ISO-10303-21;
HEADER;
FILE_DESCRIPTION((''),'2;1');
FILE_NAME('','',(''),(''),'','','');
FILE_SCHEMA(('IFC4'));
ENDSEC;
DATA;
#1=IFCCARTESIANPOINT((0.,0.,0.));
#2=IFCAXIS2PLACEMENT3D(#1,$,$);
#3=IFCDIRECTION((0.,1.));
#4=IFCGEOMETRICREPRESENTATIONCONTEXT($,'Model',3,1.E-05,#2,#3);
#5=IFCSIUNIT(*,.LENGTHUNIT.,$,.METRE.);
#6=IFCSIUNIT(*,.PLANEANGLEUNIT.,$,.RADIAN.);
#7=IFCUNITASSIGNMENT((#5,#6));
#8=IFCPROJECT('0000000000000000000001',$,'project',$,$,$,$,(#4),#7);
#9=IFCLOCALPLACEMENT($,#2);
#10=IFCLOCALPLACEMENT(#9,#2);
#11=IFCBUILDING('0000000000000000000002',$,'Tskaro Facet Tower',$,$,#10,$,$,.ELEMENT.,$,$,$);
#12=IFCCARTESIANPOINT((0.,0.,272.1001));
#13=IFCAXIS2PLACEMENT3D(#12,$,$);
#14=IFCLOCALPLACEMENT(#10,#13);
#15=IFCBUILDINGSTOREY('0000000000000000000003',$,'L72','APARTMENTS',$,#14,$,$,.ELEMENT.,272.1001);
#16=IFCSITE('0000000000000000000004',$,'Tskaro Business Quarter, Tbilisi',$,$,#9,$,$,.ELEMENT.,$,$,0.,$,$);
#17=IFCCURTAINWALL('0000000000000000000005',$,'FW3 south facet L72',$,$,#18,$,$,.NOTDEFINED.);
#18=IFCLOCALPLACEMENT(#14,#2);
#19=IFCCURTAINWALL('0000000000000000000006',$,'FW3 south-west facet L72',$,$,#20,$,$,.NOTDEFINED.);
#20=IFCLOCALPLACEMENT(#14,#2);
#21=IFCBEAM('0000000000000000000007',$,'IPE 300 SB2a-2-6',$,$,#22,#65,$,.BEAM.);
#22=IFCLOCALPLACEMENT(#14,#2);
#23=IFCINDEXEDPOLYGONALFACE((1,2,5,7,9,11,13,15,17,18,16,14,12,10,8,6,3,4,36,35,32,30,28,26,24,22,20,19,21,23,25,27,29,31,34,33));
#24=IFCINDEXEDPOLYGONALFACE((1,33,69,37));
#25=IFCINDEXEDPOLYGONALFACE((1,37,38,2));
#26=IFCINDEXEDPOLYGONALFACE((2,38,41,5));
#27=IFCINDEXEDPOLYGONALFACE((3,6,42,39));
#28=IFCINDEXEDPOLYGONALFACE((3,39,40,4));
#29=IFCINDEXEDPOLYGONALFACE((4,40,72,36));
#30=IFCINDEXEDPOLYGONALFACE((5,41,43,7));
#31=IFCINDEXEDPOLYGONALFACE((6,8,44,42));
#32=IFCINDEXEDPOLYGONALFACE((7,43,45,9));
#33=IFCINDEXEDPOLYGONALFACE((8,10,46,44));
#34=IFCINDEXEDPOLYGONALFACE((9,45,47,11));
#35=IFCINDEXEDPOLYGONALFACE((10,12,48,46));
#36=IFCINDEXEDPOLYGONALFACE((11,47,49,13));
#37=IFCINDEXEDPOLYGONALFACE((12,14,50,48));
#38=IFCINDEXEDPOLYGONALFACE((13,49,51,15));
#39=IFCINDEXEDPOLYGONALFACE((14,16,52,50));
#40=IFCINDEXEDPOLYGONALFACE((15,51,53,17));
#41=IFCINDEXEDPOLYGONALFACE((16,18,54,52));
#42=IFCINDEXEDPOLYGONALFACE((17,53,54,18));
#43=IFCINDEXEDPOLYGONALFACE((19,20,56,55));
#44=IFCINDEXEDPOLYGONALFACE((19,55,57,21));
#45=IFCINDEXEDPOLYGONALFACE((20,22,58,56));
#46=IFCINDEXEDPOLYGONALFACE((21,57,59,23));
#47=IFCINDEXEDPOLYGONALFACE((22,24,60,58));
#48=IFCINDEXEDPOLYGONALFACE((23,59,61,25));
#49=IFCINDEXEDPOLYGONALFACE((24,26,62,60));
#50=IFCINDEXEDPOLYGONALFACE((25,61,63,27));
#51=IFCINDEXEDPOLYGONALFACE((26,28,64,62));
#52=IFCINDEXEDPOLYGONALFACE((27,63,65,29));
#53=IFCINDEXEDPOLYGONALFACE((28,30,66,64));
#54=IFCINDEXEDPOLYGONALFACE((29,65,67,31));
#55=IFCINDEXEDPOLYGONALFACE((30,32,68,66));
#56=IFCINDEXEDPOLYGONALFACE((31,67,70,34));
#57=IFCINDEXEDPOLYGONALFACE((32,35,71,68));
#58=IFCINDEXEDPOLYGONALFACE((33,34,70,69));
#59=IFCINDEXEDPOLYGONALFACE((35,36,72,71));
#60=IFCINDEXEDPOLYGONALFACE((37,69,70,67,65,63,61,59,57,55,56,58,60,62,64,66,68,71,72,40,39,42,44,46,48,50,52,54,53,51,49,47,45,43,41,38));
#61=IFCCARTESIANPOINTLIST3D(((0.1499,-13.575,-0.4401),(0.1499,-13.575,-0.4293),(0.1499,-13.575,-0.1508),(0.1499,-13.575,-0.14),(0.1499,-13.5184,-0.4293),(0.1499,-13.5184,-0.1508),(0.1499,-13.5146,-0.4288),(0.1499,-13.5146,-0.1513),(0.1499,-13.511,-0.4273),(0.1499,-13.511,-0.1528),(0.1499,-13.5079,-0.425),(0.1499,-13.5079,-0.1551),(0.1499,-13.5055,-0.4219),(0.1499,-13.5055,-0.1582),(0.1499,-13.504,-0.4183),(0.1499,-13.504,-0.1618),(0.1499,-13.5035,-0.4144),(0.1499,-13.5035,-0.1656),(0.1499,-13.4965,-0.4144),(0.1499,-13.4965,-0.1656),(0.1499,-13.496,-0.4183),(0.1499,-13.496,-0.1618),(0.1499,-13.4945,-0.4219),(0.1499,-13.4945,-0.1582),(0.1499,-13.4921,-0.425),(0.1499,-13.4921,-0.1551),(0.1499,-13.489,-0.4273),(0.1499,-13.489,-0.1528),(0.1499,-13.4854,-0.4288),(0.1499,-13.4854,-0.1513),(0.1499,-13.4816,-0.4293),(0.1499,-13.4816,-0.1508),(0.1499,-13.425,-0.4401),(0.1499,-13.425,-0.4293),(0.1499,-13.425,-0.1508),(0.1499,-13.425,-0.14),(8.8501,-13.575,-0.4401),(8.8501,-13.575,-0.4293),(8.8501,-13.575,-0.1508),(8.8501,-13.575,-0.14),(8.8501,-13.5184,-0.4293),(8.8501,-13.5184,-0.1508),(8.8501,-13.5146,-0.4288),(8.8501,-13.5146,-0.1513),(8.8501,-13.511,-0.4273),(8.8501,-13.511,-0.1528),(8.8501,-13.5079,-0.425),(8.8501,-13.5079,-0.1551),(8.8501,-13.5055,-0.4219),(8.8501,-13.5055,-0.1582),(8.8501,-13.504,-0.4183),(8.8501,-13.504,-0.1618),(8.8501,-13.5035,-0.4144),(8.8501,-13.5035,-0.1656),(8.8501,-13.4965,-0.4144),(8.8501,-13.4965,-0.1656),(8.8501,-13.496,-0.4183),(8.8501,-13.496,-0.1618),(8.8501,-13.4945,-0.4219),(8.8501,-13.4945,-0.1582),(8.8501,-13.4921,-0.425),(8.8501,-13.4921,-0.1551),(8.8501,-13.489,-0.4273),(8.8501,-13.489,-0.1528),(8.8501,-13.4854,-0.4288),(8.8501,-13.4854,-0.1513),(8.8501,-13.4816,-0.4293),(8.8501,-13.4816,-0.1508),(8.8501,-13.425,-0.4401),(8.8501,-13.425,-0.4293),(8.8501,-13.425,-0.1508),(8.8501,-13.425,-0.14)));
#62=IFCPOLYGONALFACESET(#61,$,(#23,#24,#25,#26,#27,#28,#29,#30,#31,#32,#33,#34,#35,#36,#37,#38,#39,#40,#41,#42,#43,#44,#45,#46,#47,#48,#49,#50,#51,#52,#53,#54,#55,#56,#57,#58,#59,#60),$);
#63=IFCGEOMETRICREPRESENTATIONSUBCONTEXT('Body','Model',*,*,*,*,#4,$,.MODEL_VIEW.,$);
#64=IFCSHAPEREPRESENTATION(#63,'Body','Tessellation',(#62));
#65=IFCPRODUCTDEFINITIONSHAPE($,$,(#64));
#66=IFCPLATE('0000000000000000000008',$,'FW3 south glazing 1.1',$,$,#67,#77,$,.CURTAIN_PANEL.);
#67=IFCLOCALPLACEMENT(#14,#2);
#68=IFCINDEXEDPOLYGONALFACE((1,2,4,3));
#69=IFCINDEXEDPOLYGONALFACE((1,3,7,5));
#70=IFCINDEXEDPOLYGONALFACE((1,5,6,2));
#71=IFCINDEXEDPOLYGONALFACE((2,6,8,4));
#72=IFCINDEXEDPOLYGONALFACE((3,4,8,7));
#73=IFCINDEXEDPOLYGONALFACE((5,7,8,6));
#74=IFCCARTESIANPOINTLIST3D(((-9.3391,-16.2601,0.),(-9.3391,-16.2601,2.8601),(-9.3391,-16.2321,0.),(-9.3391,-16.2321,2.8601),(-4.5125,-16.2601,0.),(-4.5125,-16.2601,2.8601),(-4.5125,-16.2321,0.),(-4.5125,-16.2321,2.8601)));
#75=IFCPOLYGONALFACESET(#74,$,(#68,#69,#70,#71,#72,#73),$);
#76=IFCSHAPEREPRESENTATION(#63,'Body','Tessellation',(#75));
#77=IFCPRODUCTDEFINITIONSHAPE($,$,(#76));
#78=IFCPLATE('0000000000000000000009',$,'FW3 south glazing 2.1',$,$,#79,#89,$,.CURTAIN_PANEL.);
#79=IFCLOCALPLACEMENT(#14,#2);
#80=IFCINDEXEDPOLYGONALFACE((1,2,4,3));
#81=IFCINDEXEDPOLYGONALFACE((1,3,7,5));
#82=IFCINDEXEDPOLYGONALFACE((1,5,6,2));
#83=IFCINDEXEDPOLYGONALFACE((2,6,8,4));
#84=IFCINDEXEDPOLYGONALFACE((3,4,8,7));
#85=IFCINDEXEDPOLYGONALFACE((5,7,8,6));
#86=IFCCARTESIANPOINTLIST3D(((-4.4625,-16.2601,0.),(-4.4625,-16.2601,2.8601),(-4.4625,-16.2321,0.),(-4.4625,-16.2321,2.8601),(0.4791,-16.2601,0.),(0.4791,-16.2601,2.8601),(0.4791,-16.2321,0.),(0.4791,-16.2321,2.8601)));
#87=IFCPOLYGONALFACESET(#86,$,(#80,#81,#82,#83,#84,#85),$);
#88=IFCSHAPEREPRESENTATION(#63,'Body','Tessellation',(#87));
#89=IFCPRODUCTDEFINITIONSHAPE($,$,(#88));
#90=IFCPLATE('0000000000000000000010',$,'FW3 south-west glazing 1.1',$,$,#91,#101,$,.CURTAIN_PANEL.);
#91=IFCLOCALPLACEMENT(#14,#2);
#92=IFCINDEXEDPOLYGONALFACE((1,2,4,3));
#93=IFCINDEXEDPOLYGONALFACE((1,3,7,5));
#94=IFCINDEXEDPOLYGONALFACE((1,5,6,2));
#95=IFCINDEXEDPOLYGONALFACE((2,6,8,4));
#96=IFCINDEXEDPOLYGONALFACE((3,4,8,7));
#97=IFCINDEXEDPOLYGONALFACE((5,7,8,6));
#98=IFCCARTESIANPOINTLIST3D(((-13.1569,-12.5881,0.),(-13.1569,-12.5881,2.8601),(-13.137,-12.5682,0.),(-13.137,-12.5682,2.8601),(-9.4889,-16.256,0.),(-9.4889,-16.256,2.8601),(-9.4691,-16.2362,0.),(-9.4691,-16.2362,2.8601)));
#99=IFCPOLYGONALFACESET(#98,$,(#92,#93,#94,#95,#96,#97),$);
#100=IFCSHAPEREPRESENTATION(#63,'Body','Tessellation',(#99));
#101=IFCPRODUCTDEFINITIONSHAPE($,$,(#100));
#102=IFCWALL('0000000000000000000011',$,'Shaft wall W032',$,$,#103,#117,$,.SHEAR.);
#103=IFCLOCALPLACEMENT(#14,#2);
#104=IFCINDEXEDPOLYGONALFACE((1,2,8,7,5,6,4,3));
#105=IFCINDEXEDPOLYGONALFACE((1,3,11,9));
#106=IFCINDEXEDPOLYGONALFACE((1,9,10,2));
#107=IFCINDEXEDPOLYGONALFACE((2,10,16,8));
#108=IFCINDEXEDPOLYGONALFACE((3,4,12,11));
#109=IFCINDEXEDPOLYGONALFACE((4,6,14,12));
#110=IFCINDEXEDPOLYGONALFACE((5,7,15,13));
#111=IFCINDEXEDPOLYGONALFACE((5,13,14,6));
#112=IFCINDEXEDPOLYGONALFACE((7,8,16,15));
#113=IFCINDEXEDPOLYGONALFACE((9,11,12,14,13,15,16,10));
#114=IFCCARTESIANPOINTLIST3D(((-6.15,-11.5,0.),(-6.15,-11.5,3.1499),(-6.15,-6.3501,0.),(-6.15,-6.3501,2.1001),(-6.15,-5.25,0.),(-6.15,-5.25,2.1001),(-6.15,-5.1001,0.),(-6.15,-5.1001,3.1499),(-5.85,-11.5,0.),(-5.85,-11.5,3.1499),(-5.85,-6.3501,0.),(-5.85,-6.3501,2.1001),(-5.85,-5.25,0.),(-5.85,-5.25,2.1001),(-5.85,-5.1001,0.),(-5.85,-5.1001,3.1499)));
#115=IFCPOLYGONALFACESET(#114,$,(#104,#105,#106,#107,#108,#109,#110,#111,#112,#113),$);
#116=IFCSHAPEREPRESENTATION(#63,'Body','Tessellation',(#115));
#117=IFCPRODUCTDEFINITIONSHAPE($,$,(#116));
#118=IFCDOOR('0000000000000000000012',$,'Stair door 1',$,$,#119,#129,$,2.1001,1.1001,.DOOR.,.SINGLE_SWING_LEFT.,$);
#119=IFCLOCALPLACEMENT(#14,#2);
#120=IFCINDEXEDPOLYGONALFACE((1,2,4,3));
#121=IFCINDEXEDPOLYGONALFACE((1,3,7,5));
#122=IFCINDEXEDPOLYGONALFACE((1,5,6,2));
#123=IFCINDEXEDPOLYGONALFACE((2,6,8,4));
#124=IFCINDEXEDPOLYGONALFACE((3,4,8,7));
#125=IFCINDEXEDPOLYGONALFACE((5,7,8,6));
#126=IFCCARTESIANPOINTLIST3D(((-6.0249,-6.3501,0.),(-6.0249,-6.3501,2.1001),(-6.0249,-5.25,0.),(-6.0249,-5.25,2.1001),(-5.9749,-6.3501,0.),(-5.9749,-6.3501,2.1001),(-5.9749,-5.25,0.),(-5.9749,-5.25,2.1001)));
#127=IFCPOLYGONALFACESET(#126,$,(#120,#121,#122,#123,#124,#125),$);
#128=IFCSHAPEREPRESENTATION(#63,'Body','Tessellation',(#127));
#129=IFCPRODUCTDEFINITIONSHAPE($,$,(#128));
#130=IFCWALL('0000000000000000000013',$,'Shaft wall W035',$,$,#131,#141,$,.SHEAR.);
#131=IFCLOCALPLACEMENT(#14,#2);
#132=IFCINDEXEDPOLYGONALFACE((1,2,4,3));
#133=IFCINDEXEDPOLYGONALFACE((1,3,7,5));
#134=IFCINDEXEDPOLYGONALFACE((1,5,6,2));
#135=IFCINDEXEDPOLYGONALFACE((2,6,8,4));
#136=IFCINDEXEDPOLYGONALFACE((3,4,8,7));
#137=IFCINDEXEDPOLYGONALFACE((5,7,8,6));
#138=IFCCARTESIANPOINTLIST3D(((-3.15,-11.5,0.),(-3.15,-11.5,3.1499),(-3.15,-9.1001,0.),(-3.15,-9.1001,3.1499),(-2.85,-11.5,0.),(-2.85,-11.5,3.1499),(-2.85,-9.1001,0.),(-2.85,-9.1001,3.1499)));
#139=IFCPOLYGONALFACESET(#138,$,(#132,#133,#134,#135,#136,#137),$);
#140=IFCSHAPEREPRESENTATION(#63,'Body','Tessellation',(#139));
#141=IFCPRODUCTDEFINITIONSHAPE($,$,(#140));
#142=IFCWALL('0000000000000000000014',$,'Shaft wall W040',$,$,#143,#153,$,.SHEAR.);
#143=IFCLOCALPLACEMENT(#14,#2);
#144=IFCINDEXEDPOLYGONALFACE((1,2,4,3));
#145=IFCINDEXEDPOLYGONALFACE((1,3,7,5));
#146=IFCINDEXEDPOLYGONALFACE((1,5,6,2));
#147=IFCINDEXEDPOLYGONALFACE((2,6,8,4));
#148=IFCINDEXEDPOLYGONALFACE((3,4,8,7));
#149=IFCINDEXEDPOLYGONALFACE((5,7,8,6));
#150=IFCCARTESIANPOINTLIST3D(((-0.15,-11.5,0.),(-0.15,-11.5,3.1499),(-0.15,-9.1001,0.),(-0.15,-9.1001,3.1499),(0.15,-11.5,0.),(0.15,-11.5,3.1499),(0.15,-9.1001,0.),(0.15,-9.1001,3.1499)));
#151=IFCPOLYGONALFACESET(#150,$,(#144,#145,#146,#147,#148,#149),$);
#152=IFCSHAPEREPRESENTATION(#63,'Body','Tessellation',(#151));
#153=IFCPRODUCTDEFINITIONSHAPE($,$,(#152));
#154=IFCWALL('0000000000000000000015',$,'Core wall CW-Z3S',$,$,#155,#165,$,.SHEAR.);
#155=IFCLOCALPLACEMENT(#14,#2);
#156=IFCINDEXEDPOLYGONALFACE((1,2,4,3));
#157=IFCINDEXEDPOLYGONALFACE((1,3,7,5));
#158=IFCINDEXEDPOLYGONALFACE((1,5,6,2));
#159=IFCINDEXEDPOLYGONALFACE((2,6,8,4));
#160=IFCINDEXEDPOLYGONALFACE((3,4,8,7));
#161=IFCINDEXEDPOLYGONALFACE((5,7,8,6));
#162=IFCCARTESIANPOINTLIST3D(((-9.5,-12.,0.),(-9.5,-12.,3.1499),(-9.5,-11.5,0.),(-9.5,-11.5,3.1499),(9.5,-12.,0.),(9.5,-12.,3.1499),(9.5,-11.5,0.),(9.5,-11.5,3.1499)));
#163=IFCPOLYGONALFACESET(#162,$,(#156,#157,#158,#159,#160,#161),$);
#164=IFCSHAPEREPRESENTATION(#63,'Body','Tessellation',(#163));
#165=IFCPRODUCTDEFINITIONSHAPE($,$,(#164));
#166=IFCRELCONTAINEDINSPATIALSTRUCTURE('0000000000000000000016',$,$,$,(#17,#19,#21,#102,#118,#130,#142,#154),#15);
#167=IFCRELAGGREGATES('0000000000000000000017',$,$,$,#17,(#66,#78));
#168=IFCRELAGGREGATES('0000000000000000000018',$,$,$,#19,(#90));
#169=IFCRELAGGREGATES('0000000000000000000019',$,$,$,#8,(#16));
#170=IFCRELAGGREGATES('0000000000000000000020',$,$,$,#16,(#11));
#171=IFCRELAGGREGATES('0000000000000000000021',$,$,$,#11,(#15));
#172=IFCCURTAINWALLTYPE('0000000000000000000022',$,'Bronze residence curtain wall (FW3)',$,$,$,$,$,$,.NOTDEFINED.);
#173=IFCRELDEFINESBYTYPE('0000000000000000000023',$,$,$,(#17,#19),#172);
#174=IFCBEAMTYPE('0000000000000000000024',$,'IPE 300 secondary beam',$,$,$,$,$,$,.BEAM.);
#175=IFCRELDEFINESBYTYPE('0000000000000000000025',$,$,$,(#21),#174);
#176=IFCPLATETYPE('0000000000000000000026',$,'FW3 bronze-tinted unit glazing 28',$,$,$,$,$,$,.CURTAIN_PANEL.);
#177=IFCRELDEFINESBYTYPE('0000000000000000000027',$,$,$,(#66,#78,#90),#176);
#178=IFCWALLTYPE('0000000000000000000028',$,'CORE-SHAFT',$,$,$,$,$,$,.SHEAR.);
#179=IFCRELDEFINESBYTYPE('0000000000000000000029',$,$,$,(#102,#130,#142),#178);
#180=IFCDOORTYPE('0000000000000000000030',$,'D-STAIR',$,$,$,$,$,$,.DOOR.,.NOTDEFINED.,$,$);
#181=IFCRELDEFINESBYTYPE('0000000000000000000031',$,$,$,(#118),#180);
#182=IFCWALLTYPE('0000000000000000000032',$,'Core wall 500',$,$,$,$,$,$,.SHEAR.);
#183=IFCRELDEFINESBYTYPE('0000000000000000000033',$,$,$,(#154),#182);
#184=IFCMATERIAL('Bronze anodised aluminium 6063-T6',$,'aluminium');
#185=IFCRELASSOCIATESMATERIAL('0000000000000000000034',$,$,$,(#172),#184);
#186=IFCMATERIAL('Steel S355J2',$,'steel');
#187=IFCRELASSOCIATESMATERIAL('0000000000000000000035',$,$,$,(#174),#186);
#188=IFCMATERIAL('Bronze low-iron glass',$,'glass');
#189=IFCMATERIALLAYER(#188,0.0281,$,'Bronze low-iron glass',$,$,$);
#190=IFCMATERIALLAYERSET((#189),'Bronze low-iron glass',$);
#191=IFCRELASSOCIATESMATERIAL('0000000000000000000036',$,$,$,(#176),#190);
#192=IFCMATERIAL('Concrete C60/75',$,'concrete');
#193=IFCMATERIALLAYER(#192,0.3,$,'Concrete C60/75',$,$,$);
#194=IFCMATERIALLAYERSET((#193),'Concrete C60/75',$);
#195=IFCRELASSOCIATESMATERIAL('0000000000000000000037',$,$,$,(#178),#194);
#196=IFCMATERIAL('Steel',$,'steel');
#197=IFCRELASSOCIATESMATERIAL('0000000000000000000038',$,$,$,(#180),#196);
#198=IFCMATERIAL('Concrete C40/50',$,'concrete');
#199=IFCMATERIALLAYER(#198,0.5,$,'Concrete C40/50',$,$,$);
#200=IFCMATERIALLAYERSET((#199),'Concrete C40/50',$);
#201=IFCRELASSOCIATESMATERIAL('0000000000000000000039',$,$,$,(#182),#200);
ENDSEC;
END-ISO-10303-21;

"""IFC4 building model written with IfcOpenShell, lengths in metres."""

from ifc_helpers import new_model, si_unit, direction, frame, frame_2d, origin, origin_2d, place, context, subcontext, project, spatial, rectangle, i_section, extrude, material, layer, layer_set, material_profile, profile_set, type_object, element, fill, aggregate, save


model = new_model("IFC4")

# Units and contexts
model_context = context("Model", 3, precision=1e-05, world=origin(), true_north=direction((0.0, 1.0)))
body_context = subcontext(model_context, "Body", "Model", "MODEL_VIEW")
ifc_project = project(units=[si_unit("LENGTHUNIT", "METRE"), si_unit("PLANEANGLEUNIT", "RADIAN")], contexts=[model_context])

# Site, building, storey
site_placement = place(None, origin())
site = spatial("IfcSite", under=ifc_project, at=site_placement, Name="Tskaro Business Quarter, Tbilisi", CompositionType="ELEMENT", RefElevation=0.0)
building_placement = place(site_placement, origin())
building = spatial("IfcBuilding", under=site, at=building_placement, Name="Tskaro Facet Tower", CompositionType="ELEMENT")
storey_placement = place(building_placement, frame((0.0, 0.0, 272.1001)))
storey = spatial("IfcBuildingStorey", under=building, at=storey_placement, Name="L72", Description="APARTMENTS", CompositionType="ELEMENT", Elevation=272.1001)

# Shared definitions
ifc_material_1 = material(Name="Steel S355J2", Category="steel")

# Curtain walls
ifc_material_2 = material(Name="Bronze anodised aluminium 6063-T6", Category="aluminium")
curtain_wall_type = type_object("IfcCurtainWallType", Name="Bronze residence curtain wall (FW3)", PredefinedType="NOTDEFINED", material=ifc_material_2)
curtain_wall_1_placement = place(storey_placement, origin())
curtain_wall_1 = element("IfcCurtainWall", 1, at=curtain_wall_1_placement, inside=storey, type_object=curtain_wall_type, Name="FW3 south facet L72", PredefinedType="NOTDEFINED")
curtain_wall_2_placement = place(storey_placement, origin())
curtain_wall_2 = element("IfcCurtainWall", 2, at=curtain_wall_2_placement, inside=storey, type_object=curtain_wall_type, Name="FW3 south-west facet L72", PredefinedType="NOTDEFINED")

# Beam
ifc_material_profile_1 = material_profile(ifc_material_1, i_section(OverallWidth=0.1499, OverallDepth=0.3, WebThickness=0.0071, FlangeThickness=0.0107, FilletRadius=0.0149, at=origin_2d()), Name="IPE 300")
ifc_profile_set_1 = profile_set([ifc_material_profile_1], Name="Steel S355J2")
beam_type_1 = type_object("IfcBeamType", Name="IPE 300 secondary beam", PredefinedType="BEAM", material=ifc_profile_set_1)
beam_1_placement = place(storey_placement, frame((0.1499, -13.5, -0.29), z_axis=(1.0, 0.0, 0.0), x_axis=(0.0, 1.0, 0.0)))
element("IfcBeam", 3, at=beam_1_placement, inside=storey, type_object=beam_type_1, Name="IPE 300 SB2a-2-6", PredefinedType="BEAM", context=body_context, shape_type="SweptSolid", body=[
    extrude(i_section(OverallWidth=0.1499, OverallDepth=0.3, WebThickness=0.0071, FlangeThickness=0.0107, FilletRadius=0.0149, at=origin_2d()), origin(), (0.0, 0.0, 1.0), 8.7002),
])

# Plates
ifc_material_3 = material(Name="Bronze low-iron glass", Category="glass")
ifc_layer_1 = layer(ifc_material_3, 0.0281, Name="Bronze low-iron glass")
ifc_layer_set_1 = layer_set([ifc_layer_1], Name="Bronze low-iron glass")
plate_type = type_object("IfcPlateType", Name="FW3 bronze-tinted unit glazing 28", PredefinedType="CURTAIN_PANEL", material=ifc_layer_set_1)
plate_1_placement = place(storey_placement, frame((-6.9258, -16.2461, 0.0), z_axis=(0.0, 0.0, 1.0), x_axis=(1.0, 0.0, 0.0)))
plate_1 = element("IfcPlate", 4, at=plate_1_placement, type_object=plate_type, Name="FW3 south glazing 1.1", PredefinedType="CURTAIN_PANEL", context=body_context, shape_type="SweptSolid", body=[
    extrude(rectangle(XDim=4.8267, YDim=0.0281, at=origin_2d()), origin(), (0.0, 0.0, 1.0), 2.8601),
])
plate_2_placement = place(storey_placement, frame((-1.9917, -16.2461, 0.0), z_axis=(0.0, 0.0, 1.0), x_axis=(1.0, 0.0, 0.0)))
plate_2 = element("IfcPlate", 5, at=plate_2_placement, type_object=plate_type, Name="FW3 south glazing 2.1", PredefinedType="CURTAIN_PANEL", context=body_context, shape_type="SweptSolid", body=[
    extrude(rectangle(XDim=4.9417, YDim=0.0281, at=origin_2d()), origin(), (0.0, 0.0, 1.0), 2.8601),
])
aggregate(curtain_wall_1, [plate_1, plate_2])
plate_3_placement = place(storey_placement, frame((-11.313, -14.4121, 0.0), z_axis=(0.0, 0.0, 1.0), x_axis=(0.707107, -0.707107, 0.0)))
plate_3 = element("IfcPlate", 6, at=plate_3_placement, type_object=plate_type, Name="FW3 south-west glazing 1.1", PredefinedType="CURTAIN_PANEL", context=body_context, shape_type="SweptSolid", body=[
    extrude(rectangle(XDim=5.1873, YDim=0.0281, at=origin_2d()), origin(), (0.0, 0.0, 1.0), 2.8601),
])
aggregate(curtain_wall_2, [plate_3])

# Wall, opening, door
ifc_material_4 = material(Name="Concrete C60/75", Category="concrete")
ifc_layer_2 = layer(ifc_material_4, 0.3, Name="Concrete C60/75")
ifc_layer_set_2 = layer_set([ifc_layer_2], Name="Concrete C60/75")
wall_type_1 = type_object("IfcWallType", Name="CORE-SHAFT", PredefinedType="SHEAR", material=ifc_layer_set_2)
wall_1_placement = place(storey_placement, frame((-6.0, -11.5, 0.0), z_axis=(0.0, 0.0, 1.0), x_axis=(0.0, 1.0, 0.0)))
wall_1 = element("IfcWall", 7, at=wall_1_placement, inside=storey, type_object=wall_type_1, Name="Shaft wall W032", PredefinedType="SHEAR", context=body_context, shape_type="SweptSolid", body=[
    extrude(rectangle(XDim=6.3999, YDim=0.3, at=frame_2d((3.2, 0.0))), origin(), (0.0, 0.0, 1.0), 3.1499),
])
opening_1_placement = place(wall_1_placement, frame((5.1499, 0.0, 0.0)))
opening_1 = element("IfcOpeningElement", 8, at=opening_1_placement, cuts=wall_1, PredefinedType="OPENING", context=body_context, shape_type="SweptSolid", body=[
    extrude(rectangle(XDim=1.1001, YDim=2.1001, at=frame_2d((0.55, 1.05))), frame((0.0, 0.1599, 0.0), z_axis=(0.0, -1.0, 0.0), x_axis=(1.0, 0.0, 0.0)), (0.0, 0.0, 1.0), 0.3201),
])
ifc_material_5 = material(Name="Steel", Category="steel")
door_type_1 = type_object("IfcDoorType", Name="D-STAIR", OperationType="NOTDEFINED", PredefinedType="DOOR", material=ifc_material_5)
door_1_placement = place(opening_1_placement, origin())
door_1 = element("IfcDoor", 9, at=door_1_placement, inside=storey, type_object=door_type_1, Name="Stair door 1", OperationType="SINGLE_SWING_LEFT", OverallHeight=2.1001, OverallWidth=1.1001, PredefinedType="DOOR", context=body_context, shape_type="SweptSolid", body=[
    extrude(rectangle(XDim=1.1001, YDim=2.1001, at=frame_2d((0.55, 1.05))), frame((0.0, 0.0249, 0.0), z_axis=(0.0, -1.0, 0.0), x_axis=(1.0, 0.0, 0.0)), (0.0, 0.0, 1.0), 0.05),
])
fill(opening_1, door_1)

# Walls
for number, where, z_axis, x_axis, name in (
    (10, (-3.0, -11.5, 0.0), (0.0, 0.0, 1.0), (0.0, 1.0, 0.0), "Shaft wall W035"),
    (11, (0.0, -11.5, 0.0), (0.0, 0.0, 1.0), (0.0, 1.0, 0.0), "Shaft wall W040"),
):
    element("IfcWall", number, at=place(storey_placement, frame(where, z_axis=z_axis, x_axis=x_axis)), inside=storey, type_object=wall_type_1, Name=name, PredefinedType="SHEAR", context=body_context, shape_type="SweptSolid", body=[
        extrude(rectangle(XDim=2.3999, YDim=0.3, at=frame_2d((1.2, 0.0))), origin(), (0.0, 0.0, 1.0), 3.1499),
    ])
ifc_material_6 = material(Name="Concrete C40/50", Category="concrete")
ifc_layer_3 = layer(ifc_material_6, 0.5, Name="Concrete C40/50")
ifc_layer_set_3 = layer_set([ifc_layer_3], Name="Concrete C40/50")
wall_type_2 = type_object("IfcWallType", Name="Core wall 500", PredefinedType="SHEAR", material=ifc_layer_set_3)
wall_2_placement = place(storey_placement, frame((-9.5, -11.75, 0.0), z_axis=(0.0, 0.0, 1.0), x_axis=(1.0, 0.0, 0.0)))
element("IfcWall", 12, at=wall_2_placement, inside=storey, type_object=wall_type_2, Name="Core wall CW-Z3S", PredefinedType="SHEAR", context=body_context, shape_type="SweptSolid", body=[
    extrude(rectangle(XDim=19.0, YDim=0.5, at=frame_2d((9.5, 0.0))), origin(), (0.0, 0.0, 1.0), 3.1499),
])

save(model, "model.ifc")
